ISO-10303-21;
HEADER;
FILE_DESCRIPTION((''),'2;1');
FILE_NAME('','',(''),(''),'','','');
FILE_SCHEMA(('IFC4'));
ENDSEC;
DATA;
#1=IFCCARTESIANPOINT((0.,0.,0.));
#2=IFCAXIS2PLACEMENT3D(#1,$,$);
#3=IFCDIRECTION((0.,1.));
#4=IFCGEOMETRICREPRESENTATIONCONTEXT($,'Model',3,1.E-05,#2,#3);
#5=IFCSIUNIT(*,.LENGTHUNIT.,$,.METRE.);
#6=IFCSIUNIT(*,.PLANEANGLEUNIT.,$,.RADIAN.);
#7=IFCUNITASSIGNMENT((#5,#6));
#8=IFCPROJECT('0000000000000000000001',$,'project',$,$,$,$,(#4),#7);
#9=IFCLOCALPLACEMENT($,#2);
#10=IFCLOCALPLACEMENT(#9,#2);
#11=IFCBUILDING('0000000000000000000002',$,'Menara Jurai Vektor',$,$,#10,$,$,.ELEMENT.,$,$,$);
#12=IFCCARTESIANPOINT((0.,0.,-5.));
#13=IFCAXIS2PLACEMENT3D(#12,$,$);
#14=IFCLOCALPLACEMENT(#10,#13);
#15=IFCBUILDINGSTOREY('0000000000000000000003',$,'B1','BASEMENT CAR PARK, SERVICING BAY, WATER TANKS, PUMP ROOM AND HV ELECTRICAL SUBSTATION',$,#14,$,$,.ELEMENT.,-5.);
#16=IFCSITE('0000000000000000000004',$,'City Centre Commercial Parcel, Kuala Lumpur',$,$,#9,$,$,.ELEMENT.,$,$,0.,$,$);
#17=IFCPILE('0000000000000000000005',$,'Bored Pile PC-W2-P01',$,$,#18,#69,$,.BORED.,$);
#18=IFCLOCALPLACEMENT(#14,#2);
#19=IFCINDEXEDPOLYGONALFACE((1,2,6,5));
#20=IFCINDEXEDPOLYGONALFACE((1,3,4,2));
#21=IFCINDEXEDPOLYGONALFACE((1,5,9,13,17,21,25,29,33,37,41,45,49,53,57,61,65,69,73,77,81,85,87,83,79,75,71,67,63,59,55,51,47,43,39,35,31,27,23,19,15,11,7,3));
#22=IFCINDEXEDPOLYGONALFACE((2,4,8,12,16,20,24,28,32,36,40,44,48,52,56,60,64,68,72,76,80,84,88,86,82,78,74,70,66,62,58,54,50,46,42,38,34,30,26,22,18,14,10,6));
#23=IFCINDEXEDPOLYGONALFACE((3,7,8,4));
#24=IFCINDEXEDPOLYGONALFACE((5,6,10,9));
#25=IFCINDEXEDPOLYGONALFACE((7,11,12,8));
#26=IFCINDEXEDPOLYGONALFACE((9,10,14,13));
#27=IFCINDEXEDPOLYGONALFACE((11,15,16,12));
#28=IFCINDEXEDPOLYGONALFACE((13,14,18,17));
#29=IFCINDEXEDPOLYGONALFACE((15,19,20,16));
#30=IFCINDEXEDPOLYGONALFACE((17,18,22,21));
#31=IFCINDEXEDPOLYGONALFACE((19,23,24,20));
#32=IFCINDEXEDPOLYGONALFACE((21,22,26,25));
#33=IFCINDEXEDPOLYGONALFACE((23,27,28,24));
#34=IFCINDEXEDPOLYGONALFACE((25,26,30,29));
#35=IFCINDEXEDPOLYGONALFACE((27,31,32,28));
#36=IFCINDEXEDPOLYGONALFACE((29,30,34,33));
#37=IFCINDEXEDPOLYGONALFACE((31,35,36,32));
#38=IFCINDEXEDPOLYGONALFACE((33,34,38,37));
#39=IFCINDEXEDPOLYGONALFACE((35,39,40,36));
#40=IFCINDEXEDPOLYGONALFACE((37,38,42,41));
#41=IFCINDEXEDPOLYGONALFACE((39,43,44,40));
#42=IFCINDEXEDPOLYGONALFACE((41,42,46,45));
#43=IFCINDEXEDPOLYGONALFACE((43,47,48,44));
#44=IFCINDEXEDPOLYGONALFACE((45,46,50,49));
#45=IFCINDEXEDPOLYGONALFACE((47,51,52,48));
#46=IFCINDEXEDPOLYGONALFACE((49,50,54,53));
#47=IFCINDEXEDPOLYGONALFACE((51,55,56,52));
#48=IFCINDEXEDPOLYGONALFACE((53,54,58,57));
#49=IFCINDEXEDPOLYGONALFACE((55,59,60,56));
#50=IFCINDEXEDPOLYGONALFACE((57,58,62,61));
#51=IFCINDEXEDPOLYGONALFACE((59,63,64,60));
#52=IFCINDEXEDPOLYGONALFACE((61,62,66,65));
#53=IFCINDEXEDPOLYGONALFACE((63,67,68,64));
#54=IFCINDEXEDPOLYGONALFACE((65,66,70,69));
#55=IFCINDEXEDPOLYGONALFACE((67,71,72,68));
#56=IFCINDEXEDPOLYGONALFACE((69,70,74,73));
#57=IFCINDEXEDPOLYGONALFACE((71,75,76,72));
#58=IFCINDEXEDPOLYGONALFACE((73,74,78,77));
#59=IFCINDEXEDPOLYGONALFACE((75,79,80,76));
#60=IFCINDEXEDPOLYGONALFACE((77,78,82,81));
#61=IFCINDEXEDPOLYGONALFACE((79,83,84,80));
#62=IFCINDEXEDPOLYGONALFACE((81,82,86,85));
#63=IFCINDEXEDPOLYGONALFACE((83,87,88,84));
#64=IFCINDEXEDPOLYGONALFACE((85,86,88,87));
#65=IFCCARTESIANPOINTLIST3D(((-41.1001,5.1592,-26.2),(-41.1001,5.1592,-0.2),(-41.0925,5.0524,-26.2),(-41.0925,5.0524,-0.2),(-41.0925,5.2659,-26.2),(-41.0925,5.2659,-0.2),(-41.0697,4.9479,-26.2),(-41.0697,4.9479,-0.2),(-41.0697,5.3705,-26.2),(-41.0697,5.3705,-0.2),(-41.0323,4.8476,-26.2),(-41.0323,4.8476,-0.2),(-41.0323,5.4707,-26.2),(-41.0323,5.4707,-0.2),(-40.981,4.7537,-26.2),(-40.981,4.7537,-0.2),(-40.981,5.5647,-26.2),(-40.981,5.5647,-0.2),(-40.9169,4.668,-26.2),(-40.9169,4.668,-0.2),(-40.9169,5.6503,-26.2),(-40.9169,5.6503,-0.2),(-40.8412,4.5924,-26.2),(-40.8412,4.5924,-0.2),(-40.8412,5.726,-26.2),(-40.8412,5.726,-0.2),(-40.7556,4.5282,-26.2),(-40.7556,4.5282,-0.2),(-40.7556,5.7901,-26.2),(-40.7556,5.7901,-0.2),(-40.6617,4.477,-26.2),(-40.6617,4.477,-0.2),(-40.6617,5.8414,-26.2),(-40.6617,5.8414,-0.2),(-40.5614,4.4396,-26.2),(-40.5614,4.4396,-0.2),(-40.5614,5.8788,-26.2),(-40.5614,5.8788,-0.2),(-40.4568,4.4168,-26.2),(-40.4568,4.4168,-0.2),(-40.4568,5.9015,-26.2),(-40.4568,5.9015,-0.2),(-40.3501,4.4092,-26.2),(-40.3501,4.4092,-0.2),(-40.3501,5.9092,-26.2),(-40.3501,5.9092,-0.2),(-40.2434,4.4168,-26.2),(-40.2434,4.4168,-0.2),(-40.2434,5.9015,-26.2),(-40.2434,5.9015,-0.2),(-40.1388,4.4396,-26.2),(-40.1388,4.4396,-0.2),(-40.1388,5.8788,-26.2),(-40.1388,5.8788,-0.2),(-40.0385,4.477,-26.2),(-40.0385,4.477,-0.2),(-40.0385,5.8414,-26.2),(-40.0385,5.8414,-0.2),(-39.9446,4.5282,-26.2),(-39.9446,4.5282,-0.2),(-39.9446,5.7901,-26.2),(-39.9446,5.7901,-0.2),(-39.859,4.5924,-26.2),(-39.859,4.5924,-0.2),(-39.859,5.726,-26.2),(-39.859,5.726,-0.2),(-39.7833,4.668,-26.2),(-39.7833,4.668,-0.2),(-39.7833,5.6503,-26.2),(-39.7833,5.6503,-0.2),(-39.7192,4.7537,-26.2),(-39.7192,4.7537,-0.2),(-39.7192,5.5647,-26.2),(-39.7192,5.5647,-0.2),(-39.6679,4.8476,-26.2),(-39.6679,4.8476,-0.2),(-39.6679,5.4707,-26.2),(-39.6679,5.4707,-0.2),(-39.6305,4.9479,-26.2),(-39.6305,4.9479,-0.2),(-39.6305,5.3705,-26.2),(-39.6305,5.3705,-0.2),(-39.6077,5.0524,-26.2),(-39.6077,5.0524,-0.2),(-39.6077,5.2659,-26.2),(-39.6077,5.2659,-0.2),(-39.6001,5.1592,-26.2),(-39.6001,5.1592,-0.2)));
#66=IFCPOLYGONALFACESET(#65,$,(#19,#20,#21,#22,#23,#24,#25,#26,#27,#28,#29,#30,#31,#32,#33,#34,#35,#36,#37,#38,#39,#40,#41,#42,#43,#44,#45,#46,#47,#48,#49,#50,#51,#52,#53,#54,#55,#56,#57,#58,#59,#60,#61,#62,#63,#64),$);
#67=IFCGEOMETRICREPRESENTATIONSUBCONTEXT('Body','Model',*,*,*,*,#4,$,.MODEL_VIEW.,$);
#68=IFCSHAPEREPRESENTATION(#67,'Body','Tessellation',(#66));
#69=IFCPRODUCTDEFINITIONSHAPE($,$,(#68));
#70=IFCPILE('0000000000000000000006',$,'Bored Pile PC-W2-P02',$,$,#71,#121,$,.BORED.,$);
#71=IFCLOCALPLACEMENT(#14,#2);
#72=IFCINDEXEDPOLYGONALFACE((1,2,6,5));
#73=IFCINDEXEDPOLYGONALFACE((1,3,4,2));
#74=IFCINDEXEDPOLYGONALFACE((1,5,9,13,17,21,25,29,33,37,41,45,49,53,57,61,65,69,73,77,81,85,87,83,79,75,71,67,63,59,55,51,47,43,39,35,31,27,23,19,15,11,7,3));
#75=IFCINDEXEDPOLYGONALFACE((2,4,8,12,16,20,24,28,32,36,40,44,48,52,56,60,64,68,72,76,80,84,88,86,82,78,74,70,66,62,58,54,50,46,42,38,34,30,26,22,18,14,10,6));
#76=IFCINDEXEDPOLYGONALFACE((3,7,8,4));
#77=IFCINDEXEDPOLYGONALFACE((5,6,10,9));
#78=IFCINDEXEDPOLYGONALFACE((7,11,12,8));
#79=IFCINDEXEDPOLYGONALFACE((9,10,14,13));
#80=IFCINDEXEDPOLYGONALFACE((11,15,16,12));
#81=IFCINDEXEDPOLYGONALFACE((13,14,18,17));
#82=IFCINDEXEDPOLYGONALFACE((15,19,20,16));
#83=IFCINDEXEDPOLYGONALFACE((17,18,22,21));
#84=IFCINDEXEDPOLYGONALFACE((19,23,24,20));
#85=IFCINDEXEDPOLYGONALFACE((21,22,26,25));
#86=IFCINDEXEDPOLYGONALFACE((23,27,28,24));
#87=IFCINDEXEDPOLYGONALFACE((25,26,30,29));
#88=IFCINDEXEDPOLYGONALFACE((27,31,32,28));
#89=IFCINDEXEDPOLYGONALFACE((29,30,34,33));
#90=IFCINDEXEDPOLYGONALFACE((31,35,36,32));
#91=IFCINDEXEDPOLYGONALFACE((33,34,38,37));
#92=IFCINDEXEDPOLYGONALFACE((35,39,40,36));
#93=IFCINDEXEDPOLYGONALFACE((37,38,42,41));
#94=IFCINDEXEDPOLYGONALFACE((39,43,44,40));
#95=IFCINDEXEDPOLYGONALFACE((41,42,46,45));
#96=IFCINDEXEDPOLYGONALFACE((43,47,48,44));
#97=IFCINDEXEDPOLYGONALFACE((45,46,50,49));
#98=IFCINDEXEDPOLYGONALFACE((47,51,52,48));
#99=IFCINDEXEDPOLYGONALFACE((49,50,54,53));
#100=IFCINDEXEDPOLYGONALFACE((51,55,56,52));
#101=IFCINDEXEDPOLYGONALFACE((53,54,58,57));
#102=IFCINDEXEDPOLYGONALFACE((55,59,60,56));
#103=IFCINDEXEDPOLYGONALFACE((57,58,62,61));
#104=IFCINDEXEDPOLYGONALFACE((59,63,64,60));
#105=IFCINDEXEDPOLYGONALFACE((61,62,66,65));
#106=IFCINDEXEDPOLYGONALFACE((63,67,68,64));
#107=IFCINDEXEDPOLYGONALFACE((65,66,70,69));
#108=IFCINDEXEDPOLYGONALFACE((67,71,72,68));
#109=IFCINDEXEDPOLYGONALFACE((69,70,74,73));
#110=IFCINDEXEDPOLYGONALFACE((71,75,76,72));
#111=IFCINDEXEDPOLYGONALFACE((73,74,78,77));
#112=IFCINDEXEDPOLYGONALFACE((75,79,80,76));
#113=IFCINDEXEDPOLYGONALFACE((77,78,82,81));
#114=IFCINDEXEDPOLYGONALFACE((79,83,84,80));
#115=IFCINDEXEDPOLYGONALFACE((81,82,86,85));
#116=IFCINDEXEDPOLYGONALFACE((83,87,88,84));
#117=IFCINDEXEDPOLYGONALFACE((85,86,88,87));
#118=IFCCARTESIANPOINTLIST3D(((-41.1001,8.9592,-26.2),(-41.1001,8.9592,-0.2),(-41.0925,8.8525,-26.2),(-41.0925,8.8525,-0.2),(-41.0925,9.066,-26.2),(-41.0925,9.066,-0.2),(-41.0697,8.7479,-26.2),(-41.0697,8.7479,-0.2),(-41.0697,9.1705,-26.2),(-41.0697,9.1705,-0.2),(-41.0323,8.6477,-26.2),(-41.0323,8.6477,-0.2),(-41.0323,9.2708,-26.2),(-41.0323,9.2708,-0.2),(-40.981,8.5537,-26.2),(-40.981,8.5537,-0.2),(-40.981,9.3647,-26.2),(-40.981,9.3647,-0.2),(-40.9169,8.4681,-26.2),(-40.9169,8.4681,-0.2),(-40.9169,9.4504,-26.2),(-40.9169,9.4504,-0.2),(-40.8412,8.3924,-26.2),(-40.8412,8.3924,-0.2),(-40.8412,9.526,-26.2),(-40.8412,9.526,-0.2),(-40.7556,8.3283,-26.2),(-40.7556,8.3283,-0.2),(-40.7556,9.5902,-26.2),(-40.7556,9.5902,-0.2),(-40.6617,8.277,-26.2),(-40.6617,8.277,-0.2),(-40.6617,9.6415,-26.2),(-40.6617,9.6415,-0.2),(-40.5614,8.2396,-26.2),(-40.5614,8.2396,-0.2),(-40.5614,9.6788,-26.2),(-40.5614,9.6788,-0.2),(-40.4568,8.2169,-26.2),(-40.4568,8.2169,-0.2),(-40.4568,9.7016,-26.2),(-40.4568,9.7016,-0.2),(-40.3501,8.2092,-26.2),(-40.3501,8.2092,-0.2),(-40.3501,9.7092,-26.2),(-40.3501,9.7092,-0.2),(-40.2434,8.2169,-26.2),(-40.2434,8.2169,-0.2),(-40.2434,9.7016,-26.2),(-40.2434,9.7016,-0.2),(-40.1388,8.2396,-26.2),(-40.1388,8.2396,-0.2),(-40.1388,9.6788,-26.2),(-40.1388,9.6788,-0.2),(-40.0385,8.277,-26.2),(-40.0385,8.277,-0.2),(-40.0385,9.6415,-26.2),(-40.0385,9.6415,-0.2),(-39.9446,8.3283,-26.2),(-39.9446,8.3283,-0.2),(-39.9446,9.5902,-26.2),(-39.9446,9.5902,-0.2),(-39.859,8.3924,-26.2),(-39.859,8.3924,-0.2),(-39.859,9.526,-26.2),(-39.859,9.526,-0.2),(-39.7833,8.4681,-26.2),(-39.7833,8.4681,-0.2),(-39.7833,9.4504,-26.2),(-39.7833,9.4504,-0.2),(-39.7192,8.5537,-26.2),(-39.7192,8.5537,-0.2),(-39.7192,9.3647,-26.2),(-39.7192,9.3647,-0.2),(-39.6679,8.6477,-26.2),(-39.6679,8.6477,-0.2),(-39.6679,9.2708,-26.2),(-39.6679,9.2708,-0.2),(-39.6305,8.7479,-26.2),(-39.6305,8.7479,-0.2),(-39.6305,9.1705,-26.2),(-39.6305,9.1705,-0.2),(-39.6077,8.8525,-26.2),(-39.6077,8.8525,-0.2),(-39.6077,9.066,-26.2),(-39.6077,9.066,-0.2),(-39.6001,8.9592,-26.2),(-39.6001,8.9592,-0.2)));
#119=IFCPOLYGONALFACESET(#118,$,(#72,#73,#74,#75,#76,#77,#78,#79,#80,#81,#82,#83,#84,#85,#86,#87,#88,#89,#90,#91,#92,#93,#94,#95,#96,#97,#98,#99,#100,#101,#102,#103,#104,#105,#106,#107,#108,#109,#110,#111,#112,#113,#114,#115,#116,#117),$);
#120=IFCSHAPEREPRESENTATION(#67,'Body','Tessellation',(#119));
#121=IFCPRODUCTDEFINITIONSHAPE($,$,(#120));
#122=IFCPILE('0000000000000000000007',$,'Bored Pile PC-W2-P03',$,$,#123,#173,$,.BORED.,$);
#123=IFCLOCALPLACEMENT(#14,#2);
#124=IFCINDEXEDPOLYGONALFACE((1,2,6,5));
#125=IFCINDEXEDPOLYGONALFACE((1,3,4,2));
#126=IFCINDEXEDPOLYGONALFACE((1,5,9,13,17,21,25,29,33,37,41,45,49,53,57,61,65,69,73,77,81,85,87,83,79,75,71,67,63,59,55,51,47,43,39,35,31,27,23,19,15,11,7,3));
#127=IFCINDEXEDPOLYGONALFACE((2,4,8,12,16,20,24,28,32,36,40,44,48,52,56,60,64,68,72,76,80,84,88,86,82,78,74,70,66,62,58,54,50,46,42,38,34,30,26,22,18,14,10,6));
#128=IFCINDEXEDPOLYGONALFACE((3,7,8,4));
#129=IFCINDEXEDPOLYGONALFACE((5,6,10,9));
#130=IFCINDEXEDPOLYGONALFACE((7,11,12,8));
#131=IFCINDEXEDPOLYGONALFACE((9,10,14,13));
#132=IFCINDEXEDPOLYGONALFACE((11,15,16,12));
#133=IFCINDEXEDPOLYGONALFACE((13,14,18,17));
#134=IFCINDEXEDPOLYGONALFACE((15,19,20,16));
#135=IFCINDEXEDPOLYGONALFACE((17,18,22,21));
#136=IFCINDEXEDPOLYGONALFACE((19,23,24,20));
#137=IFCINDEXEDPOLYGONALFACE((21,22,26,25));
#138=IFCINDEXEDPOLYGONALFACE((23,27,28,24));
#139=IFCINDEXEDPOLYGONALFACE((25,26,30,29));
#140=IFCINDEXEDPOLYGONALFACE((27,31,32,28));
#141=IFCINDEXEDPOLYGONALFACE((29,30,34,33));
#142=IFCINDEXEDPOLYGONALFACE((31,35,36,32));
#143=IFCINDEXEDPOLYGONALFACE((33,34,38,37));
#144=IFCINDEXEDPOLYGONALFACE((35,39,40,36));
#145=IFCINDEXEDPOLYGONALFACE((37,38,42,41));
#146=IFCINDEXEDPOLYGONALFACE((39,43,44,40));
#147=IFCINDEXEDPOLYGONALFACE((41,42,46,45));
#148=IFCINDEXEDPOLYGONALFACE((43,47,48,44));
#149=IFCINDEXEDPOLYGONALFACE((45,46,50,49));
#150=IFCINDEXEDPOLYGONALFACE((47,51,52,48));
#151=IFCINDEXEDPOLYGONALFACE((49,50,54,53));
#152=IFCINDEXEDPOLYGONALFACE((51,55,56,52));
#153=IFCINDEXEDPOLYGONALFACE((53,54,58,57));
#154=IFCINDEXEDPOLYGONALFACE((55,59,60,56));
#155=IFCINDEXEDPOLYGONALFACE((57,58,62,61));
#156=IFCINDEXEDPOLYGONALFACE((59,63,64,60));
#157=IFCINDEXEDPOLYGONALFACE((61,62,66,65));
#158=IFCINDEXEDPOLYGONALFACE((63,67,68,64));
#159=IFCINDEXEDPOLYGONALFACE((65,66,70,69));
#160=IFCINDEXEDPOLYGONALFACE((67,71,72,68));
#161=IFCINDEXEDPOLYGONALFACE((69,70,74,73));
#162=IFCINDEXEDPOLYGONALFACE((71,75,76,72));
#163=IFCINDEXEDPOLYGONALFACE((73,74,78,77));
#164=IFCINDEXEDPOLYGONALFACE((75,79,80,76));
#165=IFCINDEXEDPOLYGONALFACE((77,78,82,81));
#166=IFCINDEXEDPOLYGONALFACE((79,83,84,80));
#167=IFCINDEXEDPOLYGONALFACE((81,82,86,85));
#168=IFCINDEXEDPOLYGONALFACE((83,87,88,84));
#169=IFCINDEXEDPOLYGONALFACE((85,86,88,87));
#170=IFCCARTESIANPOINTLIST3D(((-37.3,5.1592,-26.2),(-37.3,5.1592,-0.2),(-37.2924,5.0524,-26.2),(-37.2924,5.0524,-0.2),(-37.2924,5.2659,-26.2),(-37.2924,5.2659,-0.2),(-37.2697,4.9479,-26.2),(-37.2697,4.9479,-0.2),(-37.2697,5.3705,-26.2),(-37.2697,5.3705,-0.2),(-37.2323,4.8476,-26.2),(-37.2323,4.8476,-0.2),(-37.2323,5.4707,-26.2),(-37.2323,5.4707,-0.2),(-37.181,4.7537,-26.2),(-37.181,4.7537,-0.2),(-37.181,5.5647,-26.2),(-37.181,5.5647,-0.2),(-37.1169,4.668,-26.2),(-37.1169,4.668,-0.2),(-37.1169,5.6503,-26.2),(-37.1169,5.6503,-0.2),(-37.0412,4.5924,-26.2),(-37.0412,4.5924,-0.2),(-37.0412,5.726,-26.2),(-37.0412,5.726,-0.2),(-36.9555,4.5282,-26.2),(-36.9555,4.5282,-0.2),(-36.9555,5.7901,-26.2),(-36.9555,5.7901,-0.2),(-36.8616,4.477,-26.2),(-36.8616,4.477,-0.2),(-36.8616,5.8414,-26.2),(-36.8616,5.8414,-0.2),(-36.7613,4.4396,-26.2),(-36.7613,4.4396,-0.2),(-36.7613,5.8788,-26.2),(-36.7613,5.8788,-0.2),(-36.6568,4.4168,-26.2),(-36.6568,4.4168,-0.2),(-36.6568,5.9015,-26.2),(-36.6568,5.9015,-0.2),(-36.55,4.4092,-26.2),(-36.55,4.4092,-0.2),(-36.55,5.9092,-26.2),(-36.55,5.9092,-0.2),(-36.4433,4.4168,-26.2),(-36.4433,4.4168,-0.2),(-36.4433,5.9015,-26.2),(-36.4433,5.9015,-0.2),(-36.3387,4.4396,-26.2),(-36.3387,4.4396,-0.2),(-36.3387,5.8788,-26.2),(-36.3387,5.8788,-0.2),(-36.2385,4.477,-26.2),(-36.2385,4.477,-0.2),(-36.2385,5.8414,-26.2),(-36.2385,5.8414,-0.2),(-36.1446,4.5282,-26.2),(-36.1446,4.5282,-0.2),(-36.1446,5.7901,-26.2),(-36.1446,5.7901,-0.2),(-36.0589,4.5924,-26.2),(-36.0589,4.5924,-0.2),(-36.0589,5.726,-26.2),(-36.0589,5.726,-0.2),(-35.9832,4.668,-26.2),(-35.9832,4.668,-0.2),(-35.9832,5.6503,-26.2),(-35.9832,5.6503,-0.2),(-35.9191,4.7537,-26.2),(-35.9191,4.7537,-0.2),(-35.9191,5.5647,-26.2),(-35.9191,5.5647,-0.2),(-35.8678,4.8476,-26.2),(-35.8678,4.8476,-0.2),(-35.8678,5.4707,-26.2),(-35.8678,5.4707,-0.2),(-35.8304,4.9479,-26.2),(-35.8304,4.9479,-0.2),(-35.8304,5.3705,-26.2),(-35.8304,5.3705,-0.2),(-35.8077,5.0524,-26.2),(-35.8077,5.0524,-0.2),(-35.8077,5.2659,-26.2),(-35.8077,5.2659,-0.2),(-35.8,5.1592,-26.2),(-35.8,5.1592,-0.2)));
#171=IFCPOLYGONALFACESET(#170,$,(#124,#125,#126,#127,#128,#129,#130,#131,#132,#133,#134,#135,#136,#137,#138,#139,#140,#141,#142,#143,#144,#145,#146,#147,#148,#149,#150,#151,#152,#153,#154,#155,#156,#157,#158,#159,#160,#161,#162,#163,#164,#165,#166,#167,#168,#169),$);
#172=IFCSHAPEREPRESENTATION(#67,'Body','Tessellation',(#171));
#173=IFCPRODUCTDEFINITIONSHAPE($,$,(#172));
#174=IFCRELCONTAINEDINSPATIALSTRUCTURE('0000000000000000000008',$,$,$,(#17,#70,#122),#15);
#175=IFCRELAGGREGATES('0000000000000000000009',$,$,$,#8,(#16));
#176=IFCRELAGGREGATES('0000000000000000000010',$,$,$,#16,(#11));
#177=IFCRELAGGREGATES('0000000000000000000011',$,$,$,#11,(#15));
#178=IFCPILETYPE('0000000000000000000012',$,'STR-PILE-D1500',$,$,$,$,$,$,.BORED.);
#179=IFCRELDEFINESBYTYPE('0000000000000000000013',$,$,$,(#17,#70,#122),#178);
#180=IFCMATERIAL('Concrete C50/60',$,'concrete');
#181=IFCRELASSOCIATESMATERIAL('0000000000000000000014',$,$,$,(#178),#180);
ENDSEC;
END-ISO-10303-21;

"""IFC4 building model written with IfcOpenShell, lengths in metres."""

from ifc_helpers import new_model, si_unit, direction, frame, origin, origin_2d, place, context, subcontext, project, spatial, circle, extrude, material, material_profile, profile_set, type_object, element, save


model = new_model("IFC4")

# Units and contexts
model_context = context("Model", 3, precision=1e-05, world=origin(), true_north=direction((0.0, 1.0)))
body_context = subcontext(model_context, "Body", "Model", "MODEL_VIEW")
ifc_project = project(units=[si_unit("LENGTHUNIT", "METRE"), si_unit("PLANEANGLEUNIT", "RADIAN")], contexts=[model_context])

# Site, building, storey
site_placement = place(None, origin())
site = spatial("IfcSite", under=ifc_project, at=site_placement, Name="City Centre Commercial Parcel, Kuala Lumpur", CompositionType="ELEMENT", RefElevation=0.0)
building_placement = place(site_placement, origin())
building = spatial("IfcBuilding", under=site, at=building_placement, Name="Menara Jurai Vektor", CompositionType="ELEMENT")
storey_placement = place(building_placement, frame((0.0, 0.0, -5.0)))
storey = spatial("IfcBuildingStorey", under=building, at=storey_placement, Name="B1", Description="BASEMENT CAR PARK, SERVICING BAY, WATER TANKS, PUMP ROOM AND HV ELECTRICAL SUBSTATION", CompositionType="ELEMENT", Elevation=-5.0)

# Shared definitions
ifc_material_1 = material(Name="Concrete C50/60", Category="concrete")

# Piles
ifc_material_profile_1 = material_profile(ifc_material_1, circle(Radius=0.75, at=origin_2d()), Name="PILE D1500")
ifc_profile_set_1 = profile_set([ifc_material_profile_1], Name="Concrete C50/60")
pile_type = type_object("IfcPileType", Name="STR-PILE-D1500", PredefinedType="BORED", material=ifc_profile_set_1)
for number, where, z_axis, x_axis, name in (
    (1, (-40.3501, 5.1592, -0.2), (0.0, 0.0, -1.0), (1.0, 0.0, 0.0), "Bored Pile PC-W2-P01"),
    (2, (-40.3501, 8.9592, -0.2), (0.0, 0.0, -1.0), (1.0, 0.0, 0.0), "Bored Pile PC-W2-P02"),
    (3, (-36.55, 5.1592, -0.2), (0.0, 0.0, -1.0), (1.0, 0.0, 0.0), "Bored Pile PC-W2-P03"),
):
    element("IfcPile", number, at=place(storey_placement, frame(where, z_axis=z_axis, x_axis=x_axis)), inside=storey, type_object=pile_type, Name=name, PredefinedType="BORED", context=body_context, shape_type="SweptSolid", body=[
        extrude(circle(Radius=0.75, at=origin_2d()), origin(), (0.0, 0.0, 1.0), 26.0),
    ])

save(model, "model.ifc")
